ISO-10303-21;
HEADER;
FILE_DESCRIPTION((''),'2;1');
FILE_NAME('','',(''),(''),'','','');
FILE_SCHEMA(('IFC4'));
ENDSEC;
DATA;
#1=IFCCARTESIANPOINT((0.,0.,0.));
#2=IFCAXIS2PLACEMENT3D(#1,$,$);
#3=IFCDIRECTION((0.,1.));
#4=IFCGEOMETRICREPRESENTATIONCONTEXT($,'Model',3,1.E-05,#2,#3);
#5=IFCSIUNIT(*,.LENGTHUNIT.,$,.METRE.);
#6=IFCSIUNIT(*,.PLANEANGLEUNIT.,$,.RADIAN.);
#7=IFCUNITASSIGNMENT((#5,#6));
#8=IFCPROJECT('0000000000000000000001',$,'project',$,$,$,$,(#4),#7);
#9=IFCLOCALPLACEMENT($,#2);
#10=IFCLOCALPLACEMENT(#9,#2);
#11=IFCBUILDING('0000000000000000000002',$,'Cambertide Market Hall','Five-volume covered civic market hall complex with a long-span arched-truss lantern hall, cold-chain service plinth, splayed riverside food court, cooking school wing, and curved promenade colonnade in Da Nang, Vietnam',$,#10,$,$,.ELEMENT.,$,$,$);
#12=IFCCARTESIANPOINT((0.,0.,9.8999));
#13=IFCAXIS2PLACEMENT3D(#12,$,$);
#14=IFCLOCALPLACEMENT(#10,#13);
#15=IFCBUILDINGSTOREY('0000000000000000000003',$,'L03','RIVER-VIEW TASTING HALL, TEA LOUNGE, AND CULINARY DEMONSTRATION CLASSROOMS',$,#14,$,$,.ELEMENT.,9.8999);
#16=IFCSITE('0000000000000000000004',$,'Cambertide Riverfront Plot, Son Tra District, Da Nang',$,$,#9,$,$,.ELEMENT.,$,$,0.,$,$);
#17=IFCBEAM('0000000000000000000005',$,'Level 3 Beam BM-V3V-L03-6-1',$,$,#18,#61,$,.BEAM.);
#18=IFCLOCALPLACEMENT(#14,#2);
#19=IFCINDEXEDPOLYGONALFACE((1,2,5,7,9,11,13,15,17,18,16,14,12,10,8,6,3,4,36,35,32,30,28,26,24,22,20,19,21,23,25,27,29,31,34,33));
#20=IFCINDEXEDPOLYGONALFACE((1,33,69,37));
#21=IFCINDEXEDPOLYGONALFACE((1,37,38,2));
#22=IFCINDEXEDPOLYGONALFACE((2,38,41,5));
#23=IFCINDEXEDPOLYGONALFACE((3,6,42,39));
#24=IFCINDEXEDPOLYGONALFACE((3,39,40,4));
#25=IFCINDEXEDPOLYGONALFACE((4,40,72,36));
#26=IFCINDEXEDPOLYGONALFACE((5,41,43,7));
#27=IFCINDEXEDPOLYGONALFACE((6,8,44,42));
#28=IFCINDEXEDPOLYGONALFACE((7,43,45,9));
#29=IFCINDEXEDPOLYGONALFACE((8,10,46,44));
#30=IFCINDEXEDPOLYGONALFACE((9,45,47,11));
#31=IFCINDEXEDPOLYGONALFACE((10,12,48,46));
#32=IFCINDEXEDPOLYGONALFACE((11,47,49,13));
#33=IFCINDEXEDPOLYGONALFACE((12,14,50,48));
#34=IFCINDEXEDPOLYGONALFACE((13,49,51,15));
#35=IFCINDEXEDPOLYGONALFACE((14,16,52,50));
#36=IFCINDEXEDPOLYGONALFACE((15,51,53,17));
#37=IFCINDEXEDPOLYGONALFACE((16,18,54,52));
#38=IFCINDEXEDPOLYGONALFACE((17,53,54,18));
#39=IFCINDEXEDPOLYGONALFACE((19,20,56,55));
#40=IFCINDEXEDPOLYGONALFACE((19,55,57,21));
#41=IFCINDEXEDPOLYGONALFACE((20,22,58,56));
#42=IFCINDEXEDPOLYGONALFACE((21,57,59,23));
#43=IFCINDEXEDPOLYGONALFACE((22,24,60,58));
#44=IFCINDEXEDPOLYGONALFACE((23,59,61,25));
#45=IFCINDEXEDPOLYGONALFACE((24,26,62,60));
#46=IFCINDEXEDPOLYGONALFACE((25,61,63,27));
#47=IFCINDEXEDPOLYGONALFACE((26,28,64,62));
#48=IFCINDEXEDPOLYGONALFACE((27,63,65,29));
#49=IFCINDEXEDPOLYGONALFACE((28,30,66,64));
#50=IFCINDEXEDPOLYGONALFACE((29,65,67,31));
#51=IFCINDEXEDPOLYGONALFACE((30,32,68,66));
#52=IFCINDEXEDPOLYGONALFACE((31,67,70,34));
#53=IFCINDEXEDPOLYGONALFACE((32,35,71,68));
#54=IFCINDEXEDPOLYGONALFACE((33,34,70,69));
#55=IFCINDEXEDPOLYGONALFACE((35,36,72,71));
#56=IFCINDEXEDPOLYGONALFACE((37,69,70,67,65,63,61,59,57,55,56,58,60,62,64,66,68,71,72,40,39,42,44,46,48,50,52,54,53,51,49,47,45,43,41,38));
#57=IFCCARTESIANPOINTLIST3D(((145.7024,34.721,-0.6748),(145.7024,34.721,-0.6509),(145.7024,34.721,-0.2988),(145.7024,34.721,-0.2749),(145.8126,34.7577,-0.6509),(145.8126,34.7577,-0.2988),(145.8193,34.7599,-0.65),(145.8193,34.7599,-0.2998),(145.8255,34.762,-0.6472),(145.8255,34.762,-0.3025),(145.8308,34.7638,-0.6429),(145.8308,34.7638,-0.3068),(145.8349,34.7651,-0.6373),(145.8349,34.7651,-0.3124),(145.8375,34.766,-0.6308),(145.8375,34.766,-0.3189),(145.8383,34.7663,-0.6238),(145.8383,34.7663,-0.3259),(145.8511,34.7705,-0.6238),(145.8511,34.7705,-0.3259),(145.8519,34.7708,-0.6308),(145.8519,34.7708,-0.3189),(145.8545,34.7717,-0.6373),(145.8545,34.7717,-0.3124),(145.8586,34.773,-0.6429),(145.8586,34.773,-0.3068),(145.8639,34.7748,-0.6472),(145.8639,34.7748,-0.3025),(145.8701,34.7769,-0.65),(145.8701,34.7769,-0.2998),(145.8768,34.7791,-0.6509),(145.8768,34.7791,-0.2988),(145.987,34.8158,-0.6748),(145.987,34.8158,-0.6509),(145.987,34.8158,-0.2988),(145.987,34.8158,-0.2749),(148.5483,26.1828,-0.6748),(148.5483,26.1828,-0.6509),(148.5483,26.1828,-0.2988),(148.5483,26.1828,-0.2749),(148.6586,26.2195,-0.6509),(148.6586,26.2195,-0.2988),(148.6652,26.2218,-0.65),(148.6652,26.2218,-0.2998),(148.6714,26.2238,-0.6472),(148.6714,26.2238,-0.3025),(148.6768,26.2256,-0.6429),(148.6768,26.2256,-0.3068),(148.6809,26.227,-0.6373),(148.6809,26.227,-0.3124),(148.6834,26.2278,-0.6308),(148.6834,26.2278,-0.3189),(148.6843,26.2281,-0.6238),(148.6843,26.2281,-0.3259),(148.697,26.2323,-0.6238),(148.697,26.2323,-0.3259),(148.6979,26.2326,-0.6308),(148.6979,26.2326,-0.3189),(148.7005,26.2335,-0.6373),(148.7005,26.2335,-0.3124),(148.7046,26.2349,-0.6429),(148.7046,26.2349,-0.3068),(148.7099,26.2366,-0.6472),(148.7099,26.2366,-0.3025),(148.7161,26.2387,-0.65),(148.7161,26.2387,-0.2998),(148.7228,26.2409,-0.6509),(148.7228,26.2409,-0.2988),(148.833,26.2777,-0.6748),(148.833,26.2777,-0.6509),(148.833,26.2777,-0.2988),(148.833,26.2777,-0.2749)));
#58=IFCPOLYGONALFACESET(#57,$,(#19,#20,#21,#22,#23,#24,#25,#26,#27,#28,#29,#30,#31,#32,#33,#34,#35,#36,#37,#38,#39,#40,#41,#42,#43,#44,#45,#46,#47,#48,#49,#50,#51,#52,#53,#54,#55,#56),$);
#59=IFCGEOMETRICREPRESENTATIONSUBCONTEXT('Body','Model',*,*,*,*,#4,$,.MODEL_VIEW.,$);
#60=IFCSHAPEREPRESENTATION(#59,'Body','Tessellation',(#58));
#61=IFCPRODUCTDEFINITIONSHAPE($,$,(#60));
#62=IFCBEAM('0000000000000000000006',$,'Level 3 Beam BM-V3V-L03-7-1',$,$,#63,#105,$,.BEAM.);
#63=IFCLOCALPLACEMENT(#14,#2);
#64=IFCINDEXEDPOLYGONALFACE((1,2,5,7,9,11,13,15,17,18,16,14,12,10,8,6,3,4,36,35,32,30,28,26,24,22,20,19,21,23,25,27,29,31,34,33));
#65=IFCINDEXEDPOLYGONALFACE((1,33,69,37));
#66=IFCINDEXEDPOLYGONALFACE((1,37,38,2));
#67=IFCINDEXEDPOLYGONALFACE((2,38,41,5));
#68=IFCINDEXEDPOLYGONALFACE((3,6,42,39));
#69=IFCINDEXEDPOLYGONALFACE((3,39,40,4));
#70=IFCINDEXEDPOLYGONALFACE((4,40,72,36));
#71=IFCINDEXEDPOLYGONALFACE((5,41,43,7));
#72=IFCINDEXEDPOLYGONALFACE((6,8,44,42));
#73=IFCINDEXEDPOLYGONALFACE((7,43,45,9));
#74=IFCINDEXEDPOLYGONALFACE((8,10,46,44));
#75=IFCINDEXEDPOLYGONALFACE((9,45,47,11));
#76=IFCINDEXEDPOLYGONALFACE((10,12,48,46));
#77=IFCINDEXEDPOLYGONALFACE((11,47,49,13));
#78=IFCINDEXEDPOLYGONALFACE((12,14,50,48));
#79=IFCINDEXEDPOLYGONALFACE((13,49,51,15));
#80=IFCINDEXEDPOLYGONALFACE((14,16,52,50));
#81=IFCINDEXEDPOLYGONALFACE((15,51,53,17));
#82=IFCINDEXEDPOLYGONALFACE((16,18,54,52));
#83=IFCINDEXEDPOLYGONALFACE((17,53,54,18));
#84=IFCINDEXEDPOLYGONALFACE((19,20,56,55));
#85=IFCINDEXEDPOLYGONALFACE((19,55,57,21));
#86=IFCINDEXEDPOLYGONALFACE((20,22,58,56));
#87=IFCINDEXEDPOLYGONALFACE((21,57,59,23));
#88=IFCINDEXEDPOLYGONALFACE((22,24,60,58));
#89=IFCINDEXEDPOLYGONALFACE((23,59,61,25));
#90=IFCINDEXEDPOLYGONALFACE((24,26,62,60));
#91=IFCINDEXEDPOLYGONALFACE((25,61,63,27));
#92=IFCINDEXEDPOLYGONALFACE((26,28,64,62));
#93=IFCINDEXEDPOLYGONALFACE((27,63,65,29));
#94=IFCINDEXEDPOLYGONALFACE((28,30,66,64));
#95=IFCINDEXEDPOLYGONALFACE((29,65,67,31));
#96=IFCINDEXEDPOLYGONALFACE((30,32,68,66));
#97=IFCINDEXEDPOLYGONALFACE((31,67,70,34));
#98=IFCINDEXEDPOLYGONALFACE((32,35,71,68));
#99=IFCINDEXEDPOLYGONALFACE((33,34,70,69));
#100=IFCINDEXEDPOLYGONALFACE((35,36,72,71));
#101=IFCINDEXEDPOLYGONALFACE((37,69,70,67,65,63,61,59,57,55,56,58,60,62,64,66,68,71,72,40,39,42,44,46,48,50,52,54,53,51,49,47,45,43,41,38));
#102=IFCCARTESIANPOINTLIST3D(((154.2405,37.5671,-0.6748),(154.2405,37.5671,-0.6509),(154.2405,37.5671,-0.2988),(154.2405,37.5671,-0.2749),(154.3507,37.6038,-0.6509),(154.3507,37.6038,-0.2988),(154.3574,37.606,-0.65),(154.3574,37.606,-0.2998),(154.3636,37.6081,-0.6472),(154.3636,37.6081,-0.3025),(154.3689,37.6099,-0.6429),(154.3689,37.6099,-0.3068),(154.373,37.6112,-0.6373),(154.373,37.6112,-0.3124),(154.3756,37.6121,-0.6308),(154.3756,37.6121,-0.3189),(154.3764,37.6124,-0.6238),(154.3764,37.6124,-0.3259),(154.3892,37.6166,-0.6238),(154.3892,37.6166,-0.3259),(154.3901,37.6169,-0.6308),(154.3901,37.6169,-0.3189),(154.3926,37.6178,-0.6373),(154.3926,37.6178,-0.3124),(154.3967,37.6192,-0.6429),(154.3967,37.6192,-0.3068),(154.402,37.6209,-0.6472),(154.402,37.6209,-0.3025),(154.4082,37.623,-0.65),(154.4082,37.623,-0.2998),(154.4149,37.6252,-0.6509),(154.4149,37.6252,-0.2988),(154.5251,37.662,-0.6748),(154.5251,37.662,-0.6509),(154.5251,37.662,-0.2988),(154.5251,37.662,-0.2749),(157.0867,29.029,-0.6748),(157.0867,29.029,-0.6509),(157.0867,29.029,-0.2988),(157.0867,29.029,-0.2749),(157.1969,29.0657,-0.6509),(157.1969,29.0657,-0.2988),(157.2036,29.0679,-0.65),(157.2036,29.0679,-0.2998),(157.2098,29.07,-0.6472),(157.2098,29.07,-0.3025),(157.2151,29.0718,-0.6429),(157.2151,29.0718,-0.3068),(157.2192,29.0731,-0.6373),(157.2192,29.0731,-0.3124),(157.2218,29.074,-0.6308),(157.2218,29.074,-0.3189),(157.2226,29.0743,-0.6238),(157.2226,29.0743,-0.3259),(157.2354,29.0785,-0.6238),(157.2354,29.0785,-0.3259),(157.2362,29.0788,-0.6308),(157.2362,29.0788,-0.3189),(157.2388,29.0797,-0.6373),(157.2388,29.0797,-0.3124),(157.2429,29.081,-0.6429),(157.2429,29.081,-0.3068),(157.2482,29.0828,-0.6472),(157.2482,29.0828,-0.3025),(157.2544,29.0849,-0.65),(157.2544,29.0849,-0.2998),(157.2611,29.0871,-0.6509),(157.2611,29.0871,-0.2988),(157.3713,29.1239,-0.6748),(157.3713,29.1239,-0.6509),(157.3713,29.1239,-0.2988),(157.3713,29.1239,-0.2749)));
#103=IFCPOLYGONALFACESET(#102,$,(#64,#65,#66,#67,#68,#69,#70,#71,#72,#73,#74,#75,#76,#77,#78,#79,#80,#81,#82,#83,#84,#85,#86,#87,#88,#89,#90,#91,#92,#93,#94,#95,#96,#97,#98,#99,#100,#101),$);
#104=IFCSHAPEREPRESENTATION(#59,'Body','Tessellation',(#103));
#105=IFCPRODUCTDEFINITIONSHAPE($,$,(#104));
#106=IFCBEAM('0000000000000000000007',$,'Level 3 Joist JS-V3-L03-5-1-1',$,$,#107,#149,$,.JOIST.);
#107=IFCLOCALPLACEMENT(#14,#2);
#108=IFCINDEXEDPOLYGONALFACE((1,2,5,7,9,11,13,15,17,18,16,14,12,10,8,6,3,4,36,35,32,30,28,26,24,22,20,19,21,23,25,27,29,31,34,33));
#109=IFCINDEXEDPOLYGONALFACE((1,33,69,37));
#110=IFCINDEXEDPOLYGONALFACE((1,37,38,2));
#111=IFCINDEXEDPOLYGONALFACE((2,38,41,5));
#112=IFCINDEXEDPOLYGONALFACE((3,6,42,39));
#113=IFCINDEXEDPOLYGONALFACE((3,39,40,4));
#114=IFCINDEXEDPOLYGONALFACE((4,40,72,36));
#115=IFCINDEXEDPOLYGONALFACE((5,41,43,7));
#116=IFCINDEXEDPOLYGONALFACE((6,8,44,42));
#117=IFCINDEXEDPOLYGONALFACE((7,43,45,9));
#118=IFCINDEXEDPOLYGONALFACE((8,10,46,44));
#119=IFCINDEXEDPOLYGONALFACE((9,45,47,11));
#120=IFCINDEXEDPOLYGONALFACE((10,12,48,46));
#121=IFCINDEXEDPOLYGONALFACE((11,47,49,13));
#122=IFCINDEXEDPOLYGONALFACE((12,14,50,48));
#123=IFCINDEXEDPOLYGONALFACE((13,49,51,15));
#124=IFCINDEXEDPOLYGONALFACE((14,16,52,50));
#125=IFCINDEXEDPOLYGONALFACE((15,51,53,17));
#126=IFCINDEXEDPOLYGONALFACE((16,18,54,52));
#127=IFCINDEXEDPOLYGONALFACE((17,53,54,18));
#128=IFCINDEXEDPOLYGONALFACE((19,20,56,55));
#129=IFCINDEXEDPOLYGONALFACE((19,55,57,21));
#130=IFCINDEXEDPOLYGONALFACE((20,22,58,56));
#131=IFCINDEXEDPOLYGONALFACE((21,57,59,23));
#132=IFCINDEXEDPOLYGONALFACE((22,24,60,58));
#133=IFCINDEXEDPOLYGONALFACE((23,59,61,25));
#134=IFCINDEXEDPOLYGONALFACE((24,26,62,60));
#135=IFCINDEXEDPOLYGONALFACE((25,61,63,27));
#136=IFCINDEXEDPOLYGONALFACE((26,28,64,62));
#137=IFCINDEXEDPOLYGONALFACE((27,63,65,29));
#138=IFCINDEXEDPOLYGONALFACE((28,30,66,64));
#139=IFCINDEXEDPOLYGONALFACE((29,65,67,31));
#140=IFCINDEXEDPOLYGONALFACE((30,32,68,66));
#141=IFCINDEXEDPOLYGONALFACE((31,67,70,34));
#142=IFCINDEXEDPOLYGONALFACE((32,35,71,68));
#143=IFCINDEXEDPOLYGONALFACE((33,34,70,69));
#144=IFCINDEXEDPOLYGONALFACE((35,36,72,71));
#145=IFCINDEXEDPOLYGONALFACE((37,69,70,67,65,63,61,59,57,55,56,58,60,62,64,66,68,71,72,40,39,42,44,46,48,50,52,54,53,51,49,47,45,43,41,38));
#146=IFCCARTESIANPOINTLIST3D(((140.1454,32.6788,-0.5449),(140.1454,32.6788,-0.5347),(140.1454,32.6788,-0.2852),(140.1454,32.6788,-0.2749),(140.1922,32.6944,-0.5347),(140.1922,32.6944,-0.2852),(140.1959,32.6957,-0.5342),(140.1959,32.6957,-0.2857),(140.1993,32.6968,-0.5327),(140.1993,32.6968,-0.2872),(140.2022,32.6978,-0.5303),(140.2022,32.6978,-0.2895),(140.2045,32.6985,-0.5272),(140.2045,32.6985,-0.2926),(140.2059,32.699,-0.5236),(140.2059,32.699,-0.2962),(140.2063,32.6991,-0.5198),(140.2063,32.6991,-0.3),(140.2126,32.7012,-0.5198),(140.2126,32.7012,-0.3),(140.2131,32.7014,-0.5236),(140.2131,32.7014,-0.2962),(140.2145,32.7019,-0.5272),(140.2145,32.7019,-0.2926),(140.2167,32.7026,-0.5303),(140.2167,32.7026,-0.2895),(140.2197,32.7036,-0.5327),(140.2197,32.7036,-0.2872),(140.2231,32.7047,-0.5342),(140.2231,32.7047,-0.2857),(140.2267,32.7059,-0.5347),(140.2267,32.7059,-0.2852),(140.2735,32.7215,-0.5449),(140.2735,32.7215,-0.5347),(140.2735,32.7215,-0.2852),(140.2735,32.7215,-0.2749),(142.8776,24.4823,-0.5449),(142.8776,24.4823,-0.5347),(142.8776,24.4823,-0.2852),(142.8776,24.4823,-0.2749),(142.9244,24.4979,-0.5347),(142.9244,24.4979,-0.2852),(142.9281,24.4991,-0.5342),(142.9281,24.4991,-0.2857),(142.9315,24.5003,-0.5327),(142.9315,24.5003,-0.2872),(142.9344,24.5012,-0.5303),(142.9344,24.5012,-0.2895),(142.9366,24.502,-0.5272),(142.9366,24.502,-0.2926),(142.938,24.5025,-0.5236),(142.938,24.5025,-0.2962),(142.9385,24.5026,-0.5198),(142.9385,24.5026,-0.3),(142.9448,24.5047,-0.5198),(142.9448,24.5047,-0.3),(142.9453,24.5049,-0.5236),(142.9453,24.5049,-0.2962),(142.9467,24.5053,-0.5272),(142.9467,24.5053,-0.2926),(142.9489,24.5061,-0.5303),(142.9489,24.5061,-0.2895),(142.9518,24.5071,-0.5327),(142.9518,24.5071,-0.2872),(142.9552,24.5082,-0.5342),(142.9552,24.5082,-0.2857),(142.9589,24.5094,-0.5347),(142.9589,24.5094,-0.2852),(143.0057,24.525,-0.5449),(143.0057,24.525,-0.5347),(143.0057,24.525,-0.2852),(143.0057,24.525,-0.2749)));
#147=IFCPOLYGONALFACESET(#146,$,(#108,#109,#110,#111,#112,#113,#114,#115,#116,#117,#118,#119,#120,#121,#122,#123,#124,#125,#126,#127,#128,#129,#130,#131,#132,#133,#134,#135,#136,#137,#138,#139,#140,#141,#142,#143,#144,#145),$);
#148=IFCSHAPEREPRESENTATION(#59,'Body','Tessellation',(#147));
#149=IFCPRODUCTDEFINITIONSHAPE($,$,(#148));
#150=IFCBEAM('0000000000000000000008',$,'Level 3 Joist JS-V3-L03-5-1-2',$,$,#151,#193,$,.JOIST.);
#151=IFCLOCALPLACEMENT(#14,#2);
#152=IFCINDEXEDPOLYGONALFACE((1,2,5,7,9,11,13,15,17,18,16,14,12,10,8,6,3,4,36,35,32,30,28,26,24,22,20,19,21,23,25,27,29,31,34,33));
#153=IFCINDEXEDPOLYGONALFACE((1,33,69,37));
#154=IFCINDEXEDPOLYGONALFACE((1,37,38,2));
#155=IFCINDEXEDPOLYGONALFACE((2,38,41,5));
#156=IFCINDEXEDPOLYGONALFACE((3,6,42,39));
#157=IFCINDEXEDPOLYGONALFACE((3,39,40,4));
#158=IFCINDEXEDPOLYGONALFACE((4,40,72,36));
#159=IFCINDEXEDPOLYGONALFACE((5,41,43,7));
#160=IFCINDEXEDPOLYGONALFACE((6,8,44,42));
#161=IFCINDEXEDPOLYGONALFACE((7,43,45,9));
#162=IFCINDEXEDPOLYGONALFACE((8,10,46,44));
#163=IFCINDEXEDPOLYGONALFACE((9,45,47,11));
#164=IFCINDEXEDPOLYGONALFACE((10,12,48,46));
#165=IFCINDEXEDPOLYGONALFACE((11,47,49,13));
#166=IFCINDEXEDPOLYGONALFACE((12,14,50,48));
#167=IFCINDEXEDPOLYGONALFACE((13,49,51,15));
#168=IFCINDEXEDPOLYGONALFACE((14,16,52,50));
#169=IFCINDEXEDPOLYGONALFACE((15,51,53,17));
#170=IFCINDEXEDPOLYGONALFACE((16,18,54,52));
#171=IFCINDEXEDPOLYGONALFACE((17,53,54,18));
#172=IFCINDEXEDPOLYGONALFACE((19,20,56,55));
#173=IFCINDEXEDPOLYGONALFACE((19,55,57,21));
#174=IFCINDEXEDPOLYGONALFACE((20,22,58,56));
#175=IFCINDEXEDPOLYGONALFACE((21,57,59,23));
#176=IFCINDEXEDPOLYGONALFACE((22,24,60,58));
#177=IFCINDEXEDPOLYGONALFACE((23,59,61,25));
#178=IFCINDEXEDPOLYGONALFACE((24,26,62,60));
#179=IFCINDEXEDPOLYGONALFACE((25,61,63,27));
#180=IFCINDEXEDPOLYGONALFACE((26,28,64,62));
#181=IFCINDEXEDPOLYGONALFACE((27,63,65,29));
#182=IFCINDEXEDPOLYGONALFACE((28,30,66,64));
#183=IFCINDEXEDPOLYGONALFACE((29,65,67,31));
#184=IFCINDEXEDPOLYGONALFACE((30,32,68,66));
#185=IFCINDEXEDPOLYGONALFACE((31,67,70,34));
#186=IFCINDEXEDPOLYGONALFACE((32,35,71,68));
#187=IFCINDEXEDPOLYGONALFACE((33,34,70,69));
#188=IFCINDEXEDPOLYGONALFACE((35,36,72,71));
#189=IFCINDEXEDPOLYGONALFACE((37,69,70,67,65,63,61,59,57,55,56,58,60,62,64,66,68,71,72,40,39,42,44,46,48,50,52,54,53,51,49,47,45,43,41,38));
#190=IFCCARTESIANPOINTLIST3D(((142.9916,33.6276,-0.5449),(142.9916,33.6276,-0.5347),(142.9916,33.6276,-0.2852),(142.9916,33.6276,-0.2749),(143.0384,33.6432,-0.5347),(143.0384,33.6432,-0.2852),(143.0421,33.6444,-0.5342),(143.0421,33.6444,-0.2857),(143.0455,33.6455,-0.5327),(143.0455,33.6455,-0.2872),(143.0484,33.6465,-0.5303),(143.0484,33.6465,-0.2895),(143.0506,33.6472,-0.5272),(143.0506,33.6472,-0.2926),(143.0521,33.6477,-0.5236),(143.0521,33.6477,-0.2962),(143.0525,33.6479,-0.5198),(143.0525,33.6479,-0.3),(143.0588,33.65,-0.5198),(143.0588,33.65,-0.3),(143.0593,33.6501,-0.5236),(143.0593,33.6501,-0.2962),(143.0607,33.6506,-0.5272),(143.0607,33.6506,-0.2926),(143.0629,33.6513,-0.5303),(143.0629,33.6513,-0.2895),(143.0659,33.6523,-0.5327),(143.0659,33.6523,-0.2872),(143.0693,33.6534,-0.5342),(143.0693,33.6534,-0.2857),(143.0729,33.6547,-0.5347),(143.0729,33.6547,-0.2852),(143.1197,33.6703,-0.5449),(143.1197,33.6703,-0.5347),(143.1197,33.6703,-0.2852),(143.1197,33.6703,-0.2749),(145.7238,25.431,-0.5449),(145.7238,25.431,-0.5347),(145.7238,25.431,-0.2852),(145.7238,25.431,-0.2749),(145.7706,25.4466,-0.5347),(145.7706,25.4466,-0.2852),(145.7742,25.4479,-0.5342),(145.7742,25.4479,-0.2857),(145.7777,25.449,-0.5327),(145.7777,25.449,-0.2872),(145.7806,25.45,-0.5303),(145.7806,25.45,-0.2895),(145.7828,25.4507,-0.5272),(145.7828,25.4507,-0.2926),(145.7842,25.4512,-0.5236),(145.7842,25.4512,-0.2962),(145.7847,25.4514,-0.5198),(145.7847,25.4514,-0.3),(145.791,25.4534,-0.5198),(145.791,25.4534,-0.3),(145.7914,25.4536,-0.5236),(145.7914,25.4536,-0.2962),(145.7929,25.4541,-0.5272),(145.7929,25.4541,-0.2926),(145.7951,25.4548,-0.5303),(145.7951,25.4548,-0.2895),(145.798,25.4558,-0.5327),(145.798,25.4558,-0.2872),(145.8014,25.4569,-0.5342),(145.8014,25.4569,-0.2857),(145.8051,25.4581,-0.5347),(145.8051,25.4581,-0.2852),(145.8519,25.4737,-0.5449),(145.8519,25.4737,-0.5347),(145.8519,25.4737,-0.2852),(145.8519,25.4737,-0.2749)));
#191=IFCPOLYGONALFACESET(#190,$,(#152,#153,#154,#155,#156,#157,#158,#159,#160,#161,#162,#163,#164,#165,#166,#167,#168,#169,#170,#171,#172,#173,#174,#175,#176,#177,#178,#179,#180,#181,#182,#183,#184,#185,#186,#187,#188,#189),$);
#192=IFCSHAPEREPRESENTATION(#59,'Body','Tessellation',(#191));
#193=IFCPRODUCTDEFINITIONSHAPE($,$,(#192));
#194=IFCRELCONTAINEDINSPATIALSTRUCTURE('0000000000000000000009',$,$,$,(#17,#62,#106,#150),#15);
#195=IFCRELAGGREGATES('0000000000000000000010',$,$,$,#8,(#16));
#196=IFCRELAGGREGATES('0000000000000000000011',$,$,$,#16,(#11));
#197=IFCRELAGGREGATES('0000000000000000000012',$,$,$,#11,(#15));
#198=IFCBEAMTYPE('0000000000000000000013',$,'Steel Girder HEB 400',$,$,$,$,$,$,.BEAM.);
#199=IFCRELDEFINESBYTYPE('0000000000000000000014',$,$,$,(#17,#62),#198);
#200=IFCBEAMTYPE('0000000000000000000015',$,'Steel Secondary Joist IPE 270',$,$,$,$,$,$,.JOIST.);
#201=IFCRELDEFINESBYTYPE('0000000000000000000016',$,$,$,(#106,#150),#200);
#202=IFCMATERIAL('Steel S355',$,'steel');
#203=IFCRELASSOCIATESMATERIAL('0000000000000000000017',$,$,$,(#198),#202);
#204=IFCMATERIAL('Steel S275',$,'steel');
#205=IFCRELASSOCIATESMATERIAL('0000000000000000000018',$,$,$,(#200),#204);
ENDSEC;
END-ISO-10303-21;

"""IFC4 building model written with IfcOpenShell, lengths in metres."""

from ifc_helpers import new_model, si_unit, direction, frame, origin, origin_2d, place, context, subcontext, project, spatial, i_section, extrude, material, material_profile, profile_set, type_object, element, save


model = new_model("IFC4")

# Units and contexts
model_context = context("Model", 3, precision=1e-05, world=origin(), true_north=direction((0.0, 1.0)))
body_context = subcontext(model_context, "Body", "Model", "MODEL_VIEW")
ifc_project = project(units=[si_unit("LENGTHUNIT", "METRE"), si_unit("PLANEANGLEUNIT", "RADIAN")], contexts=[model_context])

# Site, building, storey
site_placement = place(None, origin())
site = spatial("IfcSite", under=ifc_project, at=site_placement, Name="Cambertide Riverfront Plot, Son Tra District, Da Nang", CompositionType="ELEMENT", RefElevation=0.0)
building_placement = place(site_placement, origin())
building = spatial("IfcBuilding", under=site, at=building_placement, Name="Cambertide Market Hall", Description="Five-volume covered civic market hall complex with a long-span arched-truss lantern hall, cold-chain service plinth, splayed riverside food court, cooking school wing, and curved promenade colonnade in Da Nang, Vietnam", CompositionType="ELEMENT")
storey_placement = place(building_placement, frame((0.0, 0.0, 9.8999)))
storey = spatial("IfcBuildingStorey", under=building, at=storey_placement, Name="L03", Description="RIVER-VIEW TASTING HALL, TEA LOUNGE, AND CULINARY DEMONSTRATION CLASSROOMS", CompositionType="ELEMENT", Elevation=9.8999)

# Beams
ifc_material_1 = material(Name="Steel S355", Category="steel")
ifc_material_profile_1 = material_profile(ifc_material_1, i_section(OverallWidth=0.3, OverallDepth=0.3999, WebThickness=0.0134, FlangeThickness=0.0239, FilletRadius=0.0271, at=origin_2d()), Name="HEB 400")
ifc_profile_set_1 = profile_set([ifc_material_profile_1], Name="Steel S355")
beam_type_1 = type_object("IfcBeamType", Name="Steel Girder HEB 400", PredefinedType="BEAM", material=ifc_profile_set_1)
for number, where, z_axis, x_axis, name in (
    (1, (148.6907, 26.2302, -0.4749), (-0.31622, 0.948686, 0.0), (-0.948686, -0.31622, 0.0), "Level 3 Beam BM-V3V-L03-6-1"),
    (2, (157.229, 29.0764, -0.4749), (-0.316244, 0.948678, 0.0), (-0.948678, -0.316244, 0.0), "Level 3 Beam BM-V3V-L03-7-1"),
):
    element("IfcBeam", number, at=place(storey_placement, frame(where, z_axis=z_axis, x_axis=x_axis)), inside=storey, type_object=beam_type_1, Name=name, PredefinedType="BEAM", context=body_context, shape_type="SweptSolid", body=[
        extrude(i_section(OverallWidth=0.3, OverallDepth=0.3999, WebThickness=0.0134, FlangeThickness=0.0239, FilletRadius=0.0271, at=origin_2d()), origin(), (0.0, 0.0, 1.0), 9.0),
    ])
ifc_material_2 = material(Name="Steel S275", Category="steel")
ifc_material_profile_2 = material_profile(ifc_material_2, i_section(OverallWidth=0.135, OverallDepth=0.27, WebThickness=0.0066, FlangeThickness=0.0103, FilletRadius=0.0149, at=origin_2d()), Name="IPE 270")
ifc_profile_set_2 = profile_set([ifc_material_profile_2], Name="Steel S275")
beam_type_2 = type_object("IfcBeamType", Name="Steel Secondary Joist IPE 270", PredefinedType="JOIST", material=ifc_profile_set_2)
for number, where, z_axis, x_axis, name in (
    (3, (142.9417, 24.5037, -0.4099), (-0.316228, 0.948683, 0.0), (-0.948683, -0.316228, 0.0), "Level 3 Joist JS-V3-L03-5-1-1"),
    (4, (145.7878, 25.4524, -0.4099), (-0.316228, 0.948683, 0.0), (-0.948683, -0.316228, 0.0), "Level 3 Joist JS-V3-L03-5-1-2"),
):
    element("IfcBeam", number, at=place(storey_placement, frame(where, z_axis=z_axis, x_axis=x_axis)), inside=storey, type_object=beam_type_2, Name=name, PredefinedType="JOIST", context=body_context, shape_type="SweptSolid", body=[
        extrude(i_section(OverallWidth=0.135, OverallDepth=0.27, WebThickness=0.0066, FlangeThickness=0.0103, FilletRadius=0.0149, at=origin_2d()), origin(), (0.0, 0.0, 1.0), 8.6399),
    ])

save(model, "model.ifc")
